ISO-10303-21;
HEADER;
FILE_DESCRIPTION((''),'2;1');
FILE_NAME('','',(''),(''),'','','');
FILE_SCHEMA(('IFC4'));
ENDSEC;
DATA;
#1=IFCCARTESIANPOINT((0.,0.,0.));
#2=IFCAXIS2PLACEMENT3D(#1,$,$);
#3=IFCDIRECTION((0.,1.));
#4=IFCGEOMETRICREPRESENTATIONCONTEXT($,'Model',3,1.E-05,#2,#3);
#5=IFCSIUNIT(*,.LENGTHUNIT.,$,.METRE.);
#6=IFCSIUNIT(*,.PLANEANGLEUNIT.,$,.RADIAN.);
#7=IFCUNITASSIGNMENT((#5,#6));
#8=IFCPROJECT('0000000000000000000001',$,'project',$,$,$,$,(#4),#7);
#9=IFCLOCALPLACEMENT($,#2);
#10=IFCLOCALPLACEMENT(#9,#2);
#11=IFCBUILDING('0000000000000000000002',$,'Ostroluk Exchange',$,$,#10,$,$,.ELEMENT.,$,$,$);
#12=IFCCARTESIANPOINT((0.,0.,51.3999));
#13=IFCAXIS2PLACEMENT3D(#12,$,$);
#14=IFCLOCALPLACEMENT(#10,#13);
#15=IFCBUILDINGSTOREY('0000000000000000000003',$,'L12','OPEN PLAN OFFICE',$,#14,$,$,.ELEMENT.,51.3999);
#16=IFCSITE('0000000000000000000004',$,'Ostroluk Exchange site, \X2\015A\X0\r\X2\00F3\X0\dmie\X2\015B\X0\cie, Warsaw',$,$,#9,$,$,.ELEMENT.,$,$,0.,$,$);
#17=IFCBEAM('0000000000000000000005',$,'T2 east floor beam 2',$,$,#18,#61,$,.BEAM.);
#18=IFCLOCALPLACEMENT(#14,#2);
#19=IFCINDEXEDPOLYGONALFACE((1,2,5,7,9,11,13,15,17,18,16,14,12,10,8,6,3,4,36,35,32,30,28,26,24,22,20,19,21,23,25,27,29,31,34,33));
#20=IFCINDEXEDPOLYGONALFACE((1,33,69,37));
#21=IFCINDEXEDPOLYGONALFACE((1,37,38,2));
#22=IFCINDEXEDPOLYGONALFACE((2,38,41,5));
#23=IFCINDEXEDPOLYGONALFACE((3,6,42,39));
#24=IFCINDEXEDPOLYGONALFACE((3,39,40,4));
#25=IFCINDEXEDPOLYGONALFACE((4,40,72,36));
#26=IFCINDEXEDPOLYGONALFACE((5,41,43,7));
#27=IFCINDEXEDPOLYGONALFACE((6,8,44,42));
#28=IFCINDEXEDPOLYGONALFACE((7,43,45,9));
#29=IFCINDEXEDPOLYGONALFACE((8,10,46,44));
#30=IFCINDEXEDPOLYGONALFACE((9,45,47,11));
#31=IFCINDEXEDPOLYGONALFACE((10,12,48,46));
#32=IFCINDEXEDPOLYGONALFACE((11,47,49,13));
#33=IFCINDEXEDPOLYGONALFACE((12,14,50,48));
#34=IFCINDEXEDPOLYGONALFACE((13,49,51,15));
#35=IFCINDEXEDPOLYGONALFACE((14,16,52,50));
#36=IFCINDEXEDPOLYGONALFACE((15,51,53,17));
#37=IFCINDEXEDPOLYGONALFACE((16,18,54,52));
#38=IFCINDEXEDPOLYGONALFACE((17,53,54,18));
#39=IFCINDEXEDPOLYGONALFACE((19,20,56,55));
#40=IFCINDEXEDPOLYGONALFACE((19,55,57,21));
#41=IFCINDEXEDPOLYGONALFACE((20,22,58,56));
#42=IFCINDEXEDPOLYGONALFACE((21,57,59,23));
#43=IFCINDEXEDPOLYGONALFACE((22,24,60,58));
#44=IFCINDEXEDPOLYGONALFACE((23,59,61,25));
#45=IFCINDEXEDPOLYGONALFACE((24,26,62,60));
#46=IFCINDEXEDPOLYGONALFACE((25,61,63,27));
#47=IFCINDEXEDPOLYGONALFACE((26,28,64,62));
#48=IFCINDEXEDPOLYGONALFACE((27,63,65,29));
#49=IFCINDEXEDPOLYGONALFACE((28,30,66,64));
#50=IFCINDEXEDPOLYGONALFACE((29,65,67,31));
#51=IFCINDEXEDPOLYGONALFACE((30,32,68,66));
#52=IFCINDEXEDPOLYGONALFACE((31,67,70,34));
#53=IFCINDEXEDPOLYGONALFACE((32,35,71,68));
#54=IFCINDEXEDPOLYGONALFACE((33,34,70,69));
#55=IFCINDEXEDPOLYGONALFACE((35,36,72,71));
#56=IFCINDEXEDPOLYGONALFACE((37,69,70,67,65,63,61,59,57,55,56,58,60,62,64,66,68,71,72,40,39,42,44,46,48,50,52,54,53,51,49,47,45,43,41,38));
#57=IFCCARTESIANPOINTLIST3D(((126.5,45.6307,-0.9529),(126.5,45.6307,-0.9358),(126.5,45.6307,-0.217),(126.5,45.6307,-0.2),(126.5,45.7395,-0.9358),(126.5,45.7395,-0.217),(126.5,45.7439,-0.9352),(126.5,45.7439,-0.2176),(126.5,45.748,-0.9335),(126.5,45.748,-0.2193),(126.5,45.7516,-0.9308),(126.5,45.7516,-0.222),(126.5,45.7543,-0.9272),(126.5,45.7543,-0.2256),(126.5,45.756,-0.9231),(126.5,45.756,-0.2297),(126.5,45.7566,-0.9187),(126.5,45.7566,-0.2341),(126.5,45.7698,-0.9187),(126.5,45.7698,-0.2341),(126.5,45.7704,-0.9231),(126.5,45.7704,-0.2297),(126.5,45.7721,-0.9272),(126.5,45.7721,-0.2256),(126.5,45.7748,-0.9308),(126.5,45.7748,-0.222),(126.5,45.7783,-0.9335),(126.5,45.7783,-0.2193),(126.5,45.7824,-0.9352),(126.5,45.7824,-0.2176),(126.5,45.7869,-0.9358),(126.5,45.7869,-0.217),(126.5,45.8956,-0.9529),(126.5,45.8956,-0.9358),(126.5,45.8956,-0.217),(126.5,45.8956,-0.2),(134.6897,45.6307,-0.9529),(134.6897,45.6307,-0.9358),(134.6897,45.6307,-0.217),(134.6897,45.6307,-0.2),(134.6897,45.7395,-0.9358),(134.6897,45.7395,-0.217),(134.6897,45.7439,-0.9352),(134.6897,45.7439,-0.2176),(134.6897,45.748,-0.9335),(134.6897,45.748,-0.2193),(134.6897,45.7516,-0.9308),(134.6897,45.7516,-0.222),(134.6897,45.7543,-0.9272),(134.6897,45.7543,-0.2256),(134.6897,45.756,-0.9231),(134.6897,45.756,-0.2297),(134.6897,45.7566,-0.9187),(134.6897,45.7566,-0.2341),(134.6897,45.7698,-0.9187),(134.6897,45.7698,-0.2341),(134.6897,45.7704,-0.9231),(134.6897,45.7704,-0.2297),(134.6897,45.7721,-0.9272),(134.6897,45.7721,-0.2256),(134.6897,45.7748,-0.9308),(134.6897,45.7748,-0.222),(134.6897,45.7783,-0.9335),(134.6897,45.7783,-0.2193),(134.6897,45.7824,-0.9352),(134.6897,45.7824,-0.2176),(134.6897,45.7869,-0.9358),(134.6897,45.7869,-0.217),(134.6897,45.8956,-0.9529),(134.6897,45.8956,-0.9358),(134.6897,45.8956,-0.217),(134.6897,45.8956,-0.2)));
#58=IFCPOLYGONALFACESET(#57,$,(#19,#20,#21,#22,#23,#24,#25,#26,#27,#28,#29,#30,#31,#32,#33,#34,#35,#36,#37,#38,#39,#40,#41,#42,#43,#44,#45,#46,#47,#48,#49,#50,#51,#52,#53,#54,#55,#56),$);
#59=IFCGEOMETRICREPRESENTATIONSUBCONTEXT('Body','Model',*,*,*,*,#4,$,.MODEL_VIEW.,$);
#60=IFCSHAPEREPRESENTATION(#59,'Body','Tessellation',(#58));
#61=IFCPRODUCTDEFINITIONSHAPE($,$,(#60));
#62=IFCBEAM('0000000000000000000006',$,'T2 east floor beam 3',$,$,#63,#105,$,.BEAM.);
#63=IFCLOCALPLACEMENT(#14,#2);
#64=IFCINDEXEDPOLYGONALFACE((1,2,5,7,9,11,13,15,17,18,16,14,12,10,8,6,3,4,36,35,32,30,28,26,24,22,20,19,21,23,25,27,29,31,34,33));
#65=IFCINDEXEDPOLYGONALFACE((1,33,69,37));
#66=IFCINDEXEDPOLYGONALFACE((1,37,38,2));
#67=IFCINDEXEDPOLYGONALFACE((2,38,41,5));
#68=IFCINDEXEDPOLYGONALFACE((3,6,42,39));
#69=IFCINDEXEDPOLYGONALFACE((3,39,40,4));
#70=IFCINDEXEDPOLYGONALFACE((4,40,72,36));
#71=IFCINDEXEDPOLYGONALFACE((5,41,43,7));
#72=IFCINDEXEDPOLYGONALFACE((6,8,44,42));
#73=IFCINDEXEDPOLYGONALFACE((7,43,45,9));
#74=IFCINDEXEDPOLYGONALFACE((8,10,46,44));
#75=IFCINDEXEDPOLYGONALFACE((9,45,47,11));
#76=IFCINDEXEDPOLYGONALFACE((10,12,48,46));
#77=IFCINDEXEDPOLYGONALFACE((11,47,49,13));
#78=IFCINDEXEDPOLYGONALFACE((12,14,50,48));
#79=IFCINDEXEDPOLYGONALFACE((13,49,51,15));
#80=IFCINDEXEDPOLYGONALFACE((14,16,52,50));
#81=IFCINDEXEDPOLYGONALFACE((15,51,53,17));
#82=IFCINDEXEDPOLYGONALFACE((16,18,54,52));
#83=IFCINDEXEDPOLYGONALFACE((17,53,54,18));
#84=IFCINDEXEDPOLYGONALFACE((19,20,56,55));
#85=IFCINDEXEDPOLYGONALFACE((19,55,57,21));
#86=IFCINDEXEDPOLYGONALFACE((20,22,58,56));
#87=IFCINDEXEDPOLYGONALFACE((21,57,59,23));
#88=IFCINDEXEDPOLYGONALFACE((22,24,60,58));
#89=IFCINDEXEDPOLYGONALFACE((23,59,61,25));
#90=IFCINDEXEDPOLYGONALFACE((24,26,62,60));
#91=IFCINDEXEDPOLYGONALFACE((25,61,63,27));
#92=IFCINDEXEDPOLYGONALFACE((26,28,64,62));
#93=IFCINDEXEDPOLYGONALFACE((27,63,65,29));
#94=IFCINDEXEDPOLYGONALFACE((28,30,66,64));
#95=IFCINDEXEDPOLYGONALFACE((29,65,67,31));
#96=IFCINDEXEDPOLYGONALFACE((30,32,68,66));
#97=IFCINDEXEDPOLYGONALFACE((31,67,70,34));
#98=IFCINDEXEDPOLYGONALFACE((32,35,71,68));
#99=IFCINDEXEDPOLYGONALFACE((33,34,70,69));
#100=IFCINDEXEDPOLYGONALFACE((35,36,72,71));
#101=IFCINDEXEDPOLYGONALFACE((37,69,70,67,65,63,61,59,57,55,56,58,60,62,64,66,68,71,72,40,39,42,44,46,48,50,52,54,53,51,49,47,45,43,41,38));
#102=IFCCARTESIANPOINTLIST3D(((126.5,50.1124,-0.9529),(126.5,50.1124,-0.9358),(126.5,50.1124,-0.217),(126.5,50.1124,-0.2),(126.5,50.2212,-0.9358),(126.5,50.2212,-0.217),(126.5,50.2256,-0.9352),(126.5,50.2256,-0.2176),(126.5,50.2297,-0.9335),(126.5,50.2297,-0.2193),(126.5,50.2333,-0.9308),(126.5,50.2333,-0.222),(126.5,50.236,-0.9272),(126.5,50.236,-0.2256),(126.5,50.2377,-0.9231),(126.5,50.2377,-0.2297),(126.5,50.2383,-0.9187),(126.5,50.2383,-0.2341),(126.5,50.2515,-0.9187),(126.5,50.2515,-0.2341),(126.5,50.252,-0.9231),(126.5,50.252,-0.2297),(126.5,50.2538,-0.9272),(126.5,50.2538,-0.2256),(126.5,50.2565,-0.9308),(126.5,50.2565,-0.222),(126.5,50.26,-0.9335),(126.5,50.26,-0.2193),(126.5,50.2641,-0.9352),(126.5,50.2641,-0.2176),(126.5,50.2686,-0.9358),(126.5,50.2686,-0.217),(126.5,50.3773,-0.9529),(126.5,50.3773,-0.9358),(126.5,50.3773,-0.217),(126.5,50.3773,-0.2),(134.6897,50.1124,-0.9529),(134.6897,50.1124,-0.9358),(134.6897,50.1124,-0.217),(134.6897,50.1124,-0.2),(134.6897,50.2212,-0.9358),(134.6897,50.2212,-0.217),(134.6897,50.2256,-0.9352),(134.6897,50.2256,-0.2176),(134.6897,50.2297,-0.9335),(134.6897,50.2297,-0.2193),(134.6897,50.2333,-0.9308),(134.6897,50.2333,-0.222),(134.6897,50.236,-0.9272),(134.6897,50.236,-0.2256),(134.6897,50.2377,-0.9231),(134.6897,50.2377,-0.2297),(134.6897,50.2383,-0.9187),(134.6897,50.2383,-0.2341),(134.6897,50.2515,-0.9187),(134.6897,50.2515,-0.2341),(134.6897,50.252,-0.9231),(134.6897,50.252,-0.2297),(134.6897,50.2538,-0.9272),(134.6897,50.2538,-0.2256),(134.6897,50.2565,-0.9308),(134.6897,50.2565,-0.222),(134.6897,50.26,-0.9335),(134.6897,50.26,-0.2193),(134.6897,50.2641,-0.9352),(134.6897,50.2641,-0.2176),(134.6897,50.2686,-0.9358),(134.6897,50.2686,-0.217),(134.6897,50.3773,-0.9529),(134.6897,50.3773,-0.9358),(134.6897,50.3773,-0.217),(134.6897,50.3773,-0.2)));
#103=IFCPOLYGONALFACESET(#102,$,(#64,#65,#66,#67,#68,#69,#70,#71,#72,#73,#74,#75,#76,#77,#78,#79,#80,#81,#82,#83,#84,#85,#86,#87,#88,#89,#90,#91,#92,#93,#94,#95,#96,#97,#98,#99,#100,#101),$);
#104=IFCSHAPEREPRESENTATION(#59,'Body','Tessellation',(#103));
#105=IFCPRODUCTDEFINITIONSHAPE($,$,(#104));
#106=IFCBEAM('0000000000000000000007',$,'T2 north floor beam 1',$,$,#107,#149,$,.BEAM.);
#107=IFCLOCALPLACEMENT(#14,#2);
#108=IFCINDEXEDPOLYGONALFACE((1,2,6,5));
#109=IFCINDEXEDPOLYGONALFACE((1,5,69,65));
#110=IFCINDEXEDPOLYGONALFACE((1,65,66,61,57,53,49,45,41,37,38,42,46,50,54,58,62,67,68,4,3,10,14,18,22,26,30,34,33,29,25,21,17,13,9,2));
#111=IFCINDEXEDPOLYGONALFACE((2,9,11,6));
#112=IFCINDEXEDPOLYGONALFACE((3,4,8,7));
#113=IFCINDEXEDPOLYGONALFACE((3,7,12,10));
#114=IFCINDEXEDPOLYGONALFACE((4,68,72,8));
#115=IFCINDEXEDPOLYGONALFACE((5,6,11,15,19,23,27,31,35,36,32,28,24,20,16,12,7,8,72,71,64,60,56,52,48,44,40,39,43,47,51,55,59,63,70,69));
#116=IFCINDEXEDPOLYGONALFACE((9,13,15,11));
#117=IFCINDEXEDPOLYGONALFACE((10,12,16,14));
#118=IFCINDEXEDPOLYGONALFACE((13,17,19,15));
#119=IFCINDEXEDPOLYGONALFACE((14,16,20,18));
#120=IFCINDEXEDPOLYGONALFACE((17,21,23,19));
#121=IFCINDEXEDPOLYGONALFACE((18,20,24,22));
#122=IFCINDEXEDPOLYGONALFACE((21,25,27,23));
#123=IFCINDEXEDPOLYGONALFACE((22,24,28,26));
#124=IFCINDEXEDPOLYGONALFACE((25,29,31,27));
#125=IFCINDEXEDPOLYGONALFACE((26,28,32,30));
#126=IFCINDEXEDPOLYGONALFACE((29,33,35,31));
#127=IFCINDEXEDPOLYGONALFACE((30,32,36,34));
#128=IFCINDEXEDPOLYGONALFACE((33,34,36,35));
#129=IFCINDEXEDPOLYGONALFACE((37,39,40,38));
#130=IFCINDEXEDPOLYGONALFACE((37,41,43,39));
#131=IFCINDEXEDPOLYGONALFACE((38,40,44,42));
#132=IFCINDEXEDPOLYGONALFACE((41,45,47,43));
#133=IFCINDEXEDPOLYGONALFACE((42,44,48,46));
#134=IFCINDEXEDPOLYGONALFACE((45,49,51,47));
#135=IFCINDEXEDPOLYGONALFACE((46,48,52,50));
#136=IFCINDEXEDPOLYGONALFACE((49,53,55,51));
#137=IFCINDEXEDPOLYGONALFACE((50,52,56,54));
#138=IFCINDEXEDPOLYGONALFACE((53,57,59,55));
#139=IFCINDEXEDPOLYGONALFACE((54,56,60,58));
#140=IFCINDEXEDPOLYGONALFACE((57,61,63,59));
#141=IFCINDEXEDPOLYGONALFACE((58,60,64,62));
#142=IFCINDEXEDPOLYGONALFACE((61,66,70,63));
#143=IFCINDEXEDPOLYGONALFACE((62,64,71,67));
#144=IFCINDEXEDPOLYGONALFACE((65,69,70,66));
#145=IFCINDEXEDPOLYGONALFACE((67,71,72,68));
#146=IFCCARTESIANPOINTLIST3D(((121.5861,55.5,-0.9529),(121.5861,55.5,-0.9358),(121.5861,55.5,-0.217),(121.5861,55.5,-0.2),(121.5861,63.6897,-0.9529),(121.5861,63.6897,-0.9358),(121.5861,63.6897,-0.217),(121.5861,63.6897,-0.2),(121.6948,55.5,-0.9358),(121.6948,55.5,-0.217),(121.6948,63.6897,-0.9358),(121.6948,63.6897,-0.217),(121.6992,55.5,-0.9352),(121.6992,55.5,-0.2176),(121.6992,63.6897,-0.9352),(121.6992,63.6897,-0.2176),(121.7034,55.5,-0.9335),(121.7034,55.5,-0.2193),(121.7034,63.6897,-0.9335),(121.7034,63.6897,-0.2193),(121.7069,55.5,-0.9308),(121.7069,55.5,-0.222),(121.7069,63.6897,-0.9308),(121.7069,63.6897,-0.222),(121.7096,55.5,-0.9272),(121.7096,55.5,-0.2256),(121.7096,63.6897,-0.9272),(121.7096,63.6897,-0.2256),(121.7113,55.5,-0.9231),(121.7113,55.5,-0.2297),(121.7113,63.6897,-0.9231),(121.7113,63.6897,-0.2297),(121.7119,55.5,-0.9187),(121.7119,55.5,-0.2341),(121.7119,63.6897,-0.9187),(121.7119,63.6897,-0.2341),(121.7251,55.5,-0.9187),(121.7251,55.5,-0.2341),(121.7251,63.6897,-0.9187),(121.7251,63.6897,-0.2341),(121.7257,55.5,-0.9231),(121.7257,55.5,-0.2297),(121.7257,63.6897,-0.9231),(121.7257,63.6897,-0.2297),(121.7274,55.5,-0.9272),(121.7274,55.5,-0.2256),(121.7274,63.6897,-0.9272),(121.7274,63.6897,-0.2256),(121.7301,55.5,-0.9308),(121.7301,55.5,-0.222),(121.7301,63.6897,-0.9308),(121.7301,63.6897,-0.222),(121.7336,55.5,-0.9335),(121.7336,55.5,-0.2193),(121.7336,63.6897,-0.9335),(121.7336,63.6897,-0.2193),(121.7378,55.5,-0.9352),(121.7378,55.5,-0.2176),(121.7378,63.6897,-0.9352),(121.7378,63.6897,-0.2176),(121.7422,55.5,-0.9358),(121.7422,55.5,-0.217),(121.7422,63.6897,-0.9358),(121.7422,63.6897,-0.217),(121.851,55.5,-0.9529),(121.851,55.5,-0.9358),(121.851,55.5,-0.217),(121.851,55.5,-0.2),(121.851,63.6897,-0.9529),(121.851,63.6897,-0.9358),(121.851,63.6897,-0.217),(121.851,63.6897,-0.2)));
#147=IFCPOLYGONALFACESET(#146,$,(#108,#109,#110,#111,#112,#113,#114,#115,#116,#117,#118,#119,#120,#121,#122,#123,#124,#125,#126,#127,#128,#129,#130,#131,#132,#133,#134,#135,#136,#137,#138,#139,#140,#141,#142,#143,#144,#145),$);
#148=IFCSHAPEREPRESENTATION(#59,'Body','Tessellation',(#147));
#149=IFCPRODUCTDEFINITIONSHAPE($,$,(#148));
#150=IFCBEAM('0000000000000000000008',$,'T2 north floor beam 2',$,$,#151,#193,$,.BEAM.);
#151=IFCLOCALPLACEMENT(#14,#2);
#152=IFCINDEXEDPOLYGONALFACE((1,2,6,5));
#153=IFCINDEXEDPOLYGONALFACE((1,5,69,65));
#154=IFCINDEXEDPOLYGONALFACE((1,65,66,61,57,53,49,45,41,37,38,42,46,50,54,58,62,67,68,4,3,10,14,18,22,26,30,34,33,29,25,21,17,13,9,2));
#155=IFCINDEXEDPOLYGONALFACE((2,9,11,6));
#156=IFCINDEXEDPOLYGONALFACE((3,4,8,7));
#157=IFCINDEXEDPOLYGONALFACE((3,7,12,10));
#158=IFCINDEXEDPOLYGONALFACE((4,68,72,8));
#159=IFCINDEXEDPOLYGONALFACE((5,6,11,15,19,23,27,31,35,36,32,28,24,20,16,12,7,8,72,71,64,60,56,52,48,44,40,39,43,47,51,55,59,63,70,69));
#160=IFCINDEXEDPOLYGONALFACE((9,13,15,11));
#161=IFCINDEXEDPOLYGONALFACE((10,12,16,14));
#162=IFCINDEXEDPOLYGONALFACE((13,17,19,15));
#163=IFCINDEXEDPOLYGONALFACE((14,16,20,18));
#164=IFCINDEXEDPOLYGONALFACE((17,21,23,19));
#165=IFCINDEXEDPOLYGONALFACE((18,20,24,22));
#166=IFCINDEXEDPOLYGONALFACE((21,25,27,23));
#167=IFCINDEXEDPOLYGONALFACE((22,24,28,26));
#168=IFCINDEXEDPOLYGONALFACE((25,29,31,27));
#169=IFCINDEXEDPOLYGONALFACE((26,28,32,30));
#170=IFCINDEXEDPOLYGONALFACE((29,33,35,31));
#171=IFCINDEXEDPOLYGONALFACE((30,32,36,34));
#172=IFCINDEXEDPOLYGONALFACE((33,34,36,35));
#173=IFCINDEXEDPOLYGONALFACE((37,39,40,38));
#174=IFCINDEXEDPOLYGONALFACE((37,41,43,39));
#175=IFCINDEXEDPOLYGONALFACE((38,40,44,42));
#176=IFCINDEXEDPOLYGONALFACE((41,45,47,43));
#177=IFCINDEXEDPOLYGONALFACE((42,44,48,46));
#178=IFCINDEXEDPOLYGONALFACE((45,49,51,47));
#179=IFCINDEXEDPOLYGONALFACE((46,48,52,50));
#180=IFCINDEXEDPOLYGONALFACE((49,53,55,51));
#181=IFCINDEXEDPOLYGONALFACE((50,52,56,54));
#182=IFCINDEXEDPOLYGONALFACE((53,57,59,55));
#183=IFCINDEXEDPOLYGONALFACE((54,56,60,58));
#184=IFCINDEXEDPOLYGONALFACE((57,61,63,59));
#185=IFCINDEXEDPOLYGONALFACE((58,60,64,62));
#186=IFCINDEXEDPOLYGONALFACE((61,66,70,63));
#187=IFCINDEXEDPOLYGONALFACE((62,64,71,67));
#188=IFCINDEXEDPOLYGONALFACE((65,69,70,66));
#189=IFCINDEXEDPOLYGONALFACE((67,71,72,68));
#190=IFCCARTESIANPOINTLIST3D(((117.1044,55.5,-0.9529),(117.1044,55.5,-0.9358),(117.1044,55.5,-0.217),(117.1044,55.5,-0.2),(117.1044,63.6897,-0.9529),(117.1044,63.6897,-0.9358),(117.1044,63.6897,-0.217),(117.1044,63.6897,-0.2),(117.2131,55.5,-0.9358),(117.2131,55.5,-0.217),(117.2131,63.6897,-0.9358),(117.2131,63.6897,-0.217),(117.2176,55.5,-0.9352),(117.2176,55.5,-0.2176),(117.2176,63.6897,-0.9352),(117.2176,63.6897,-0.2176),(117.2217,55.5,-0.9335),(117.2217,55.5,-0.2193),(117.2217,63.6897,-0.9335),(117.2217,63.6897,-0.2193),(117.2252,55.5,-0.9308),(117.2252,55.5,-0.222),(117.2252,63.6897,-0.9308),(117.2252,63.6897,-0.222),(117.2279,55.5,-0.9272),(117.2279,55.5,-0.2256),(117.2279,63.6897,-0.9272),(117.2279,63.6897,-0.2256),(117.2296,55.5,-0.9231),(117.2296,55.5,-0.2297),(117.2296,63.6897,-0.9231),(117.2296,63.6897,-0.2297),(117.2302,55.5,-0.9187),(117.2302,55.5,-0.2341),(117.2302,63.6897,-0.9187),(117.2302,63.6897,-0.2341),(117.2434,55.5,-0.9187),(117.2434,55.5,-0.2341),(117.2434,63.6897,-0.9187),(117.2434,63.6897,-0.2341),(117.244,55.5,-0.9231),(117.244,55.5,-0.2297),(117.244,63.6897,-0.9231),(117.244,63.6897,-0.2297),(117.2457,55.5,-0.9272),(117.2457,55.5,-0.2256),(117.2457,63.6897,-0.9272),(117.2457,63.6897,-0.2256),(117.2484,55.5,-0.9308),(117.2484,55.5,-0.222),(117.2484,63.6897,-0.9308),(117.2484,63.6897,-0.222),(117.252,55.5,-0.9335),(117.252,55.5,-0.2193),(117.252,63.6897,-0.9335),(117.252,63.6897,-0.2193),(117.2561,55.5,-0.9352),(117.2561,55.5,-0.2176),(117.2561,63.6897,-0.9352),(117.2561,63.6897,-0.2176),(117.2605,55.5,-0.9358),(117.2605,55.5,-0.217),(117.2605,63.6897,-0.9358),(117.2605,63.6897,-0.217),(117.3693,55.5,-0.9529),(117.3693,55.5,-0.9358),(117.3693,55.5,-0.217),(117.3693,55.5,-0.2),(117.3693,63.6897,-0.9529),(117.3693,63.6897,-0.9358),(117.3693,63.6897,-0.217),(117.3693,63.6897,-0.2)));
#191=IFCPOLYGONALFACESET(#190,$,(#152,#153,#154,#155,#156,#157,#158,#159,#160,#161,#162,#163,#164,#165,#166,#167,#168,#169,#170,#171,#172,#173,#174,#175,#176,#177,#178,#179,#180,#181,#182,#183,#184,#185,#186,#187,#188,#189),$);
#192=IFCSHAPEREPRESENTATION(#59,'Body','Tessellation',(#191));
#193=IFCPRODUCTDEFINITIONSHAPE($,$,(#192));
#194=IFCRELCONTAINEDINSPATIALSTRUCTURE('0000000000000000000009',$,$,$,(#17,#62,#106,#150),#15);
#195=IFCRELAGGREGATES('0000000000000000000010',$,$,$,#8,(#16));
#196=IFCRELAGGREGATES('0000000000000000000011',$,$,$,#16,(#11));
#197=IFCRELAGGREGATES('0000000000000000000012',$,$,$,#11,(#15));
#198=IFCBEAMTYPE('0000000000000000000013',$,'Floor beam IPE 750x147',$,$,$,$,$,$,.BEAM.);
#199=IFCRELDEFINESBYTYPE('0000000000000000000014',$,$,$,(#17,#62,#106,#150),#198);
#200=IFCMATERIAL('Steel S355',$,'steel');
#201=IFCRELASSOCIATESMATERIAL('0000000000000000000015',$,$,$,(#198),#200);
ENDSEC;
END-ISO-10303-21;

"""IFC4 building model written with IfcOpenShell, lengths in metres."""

from ifc_helpers import new_model, si_unit, direction, frame, origin, origin_2d, place, context, subcontext, project, spatial, i_section, extrude, material, material_profile, profile_set, type_object, element, save


model = new_model("IFC4")

# Units and contexts
model_context = context("Model", 3, precision=1e-05, world=origin(), true_north=direction((0.0, 1.0)))
body_context = subcontext(model_context, "Body", "Model", "MODEL_VIEW")
ifc_project = project(units=[si_unit("LENGTHUNIT", "METRE"), si_unit("PLANEANGLEUNIT", "RADIAN")], contexts=[model_context])

# Site, building, storey
site_placement = place(None, origin())
site = spatial("IfcSite", under=ifc_project, at=site_placement, Name="Ostroluk Exchange site, Śródmieście, Warsaw", CompositionType="ELEMENT", RefElevation=0.0)
building_placement = place(site_placement, origin())
building = spatial("IfcBuilding", under=site, at=building_placement, Name="Ostroluk Exchange", CompositionType="ELEMENT")
storey_placement = place(building_placement, frame((0.0, 0.0, 51.3999)))
storey = spatial("IfcBuildingStorey", under=building, at=storey_placement, Name="L12", Description="OPEN PLAN OFFICE", CompositionType="ELEMENT", Elevation=51.3999)

# Beams
ifc_material_1 = material(Name="Steel S355", Category="steel")
ifc_material_profile_1 = material_profile(ifc_material_1, i_section(OverallWidth=0.2649, OverallDepth=0.7529, WebThickness=0.0132, FlangeThickness=0.0171, FilletRadius=0.0171, at=origin_2d()), Name="IPE 750x147")
ifc_profile_set_1 = profile_set([ifc_material_profile_1], Name="Steel S355")
beam_type_1 = type_object("IfcBeamType", Name="Floor beam IPE 750x147", PredefinedType="BEAM", material=ifc_profile_set_1)
for number, where, z_axis, x_axis, name in (
    (1, (126.5, 45.7632, -0.5764), (1.0, 0.0, 0.0), (0.0, 1.0, 0.0), "T2 east floor beam 2"),
    (2, (126.5, 50.2449, -0.5764), (1.0, 0.0, 0.0), (0.0, 1.0, 0.0), "T2 east floor beam 3"),
    (3, (121.7185, 55.5, -0.5764), (0.0, 1.0, 0.0), (-1.0, 0.0, 0.0), "T2 north floor beam 1"),
    (4, (117.2368, 55.5, -0.5764), (0.0, 1.0, 0.0), (-1.0, 0.0, 0.0), "T2 north floor beam 2"),
):
    element("IfcBeam", number, at=place(storey_placement, frame(where, z_axis=z_axis, x_axis=x_axis)), inside=storey, type_object=beam_type_1, Name=name, PredefinedType="BEAM", context=body_context, shape_type="SweptSolid", body=[
        extrude(i_section(OverallWidth=0.2649, OverallDepth=0.7529, WebThickness=0.0132, FlangeThickness=0.0171, FilletRadius=0.0171, at=origin_2d()), origin(), (0.0, 0.0, 1.0), 8.1897),
    ])

save(model, "model.ifc")
